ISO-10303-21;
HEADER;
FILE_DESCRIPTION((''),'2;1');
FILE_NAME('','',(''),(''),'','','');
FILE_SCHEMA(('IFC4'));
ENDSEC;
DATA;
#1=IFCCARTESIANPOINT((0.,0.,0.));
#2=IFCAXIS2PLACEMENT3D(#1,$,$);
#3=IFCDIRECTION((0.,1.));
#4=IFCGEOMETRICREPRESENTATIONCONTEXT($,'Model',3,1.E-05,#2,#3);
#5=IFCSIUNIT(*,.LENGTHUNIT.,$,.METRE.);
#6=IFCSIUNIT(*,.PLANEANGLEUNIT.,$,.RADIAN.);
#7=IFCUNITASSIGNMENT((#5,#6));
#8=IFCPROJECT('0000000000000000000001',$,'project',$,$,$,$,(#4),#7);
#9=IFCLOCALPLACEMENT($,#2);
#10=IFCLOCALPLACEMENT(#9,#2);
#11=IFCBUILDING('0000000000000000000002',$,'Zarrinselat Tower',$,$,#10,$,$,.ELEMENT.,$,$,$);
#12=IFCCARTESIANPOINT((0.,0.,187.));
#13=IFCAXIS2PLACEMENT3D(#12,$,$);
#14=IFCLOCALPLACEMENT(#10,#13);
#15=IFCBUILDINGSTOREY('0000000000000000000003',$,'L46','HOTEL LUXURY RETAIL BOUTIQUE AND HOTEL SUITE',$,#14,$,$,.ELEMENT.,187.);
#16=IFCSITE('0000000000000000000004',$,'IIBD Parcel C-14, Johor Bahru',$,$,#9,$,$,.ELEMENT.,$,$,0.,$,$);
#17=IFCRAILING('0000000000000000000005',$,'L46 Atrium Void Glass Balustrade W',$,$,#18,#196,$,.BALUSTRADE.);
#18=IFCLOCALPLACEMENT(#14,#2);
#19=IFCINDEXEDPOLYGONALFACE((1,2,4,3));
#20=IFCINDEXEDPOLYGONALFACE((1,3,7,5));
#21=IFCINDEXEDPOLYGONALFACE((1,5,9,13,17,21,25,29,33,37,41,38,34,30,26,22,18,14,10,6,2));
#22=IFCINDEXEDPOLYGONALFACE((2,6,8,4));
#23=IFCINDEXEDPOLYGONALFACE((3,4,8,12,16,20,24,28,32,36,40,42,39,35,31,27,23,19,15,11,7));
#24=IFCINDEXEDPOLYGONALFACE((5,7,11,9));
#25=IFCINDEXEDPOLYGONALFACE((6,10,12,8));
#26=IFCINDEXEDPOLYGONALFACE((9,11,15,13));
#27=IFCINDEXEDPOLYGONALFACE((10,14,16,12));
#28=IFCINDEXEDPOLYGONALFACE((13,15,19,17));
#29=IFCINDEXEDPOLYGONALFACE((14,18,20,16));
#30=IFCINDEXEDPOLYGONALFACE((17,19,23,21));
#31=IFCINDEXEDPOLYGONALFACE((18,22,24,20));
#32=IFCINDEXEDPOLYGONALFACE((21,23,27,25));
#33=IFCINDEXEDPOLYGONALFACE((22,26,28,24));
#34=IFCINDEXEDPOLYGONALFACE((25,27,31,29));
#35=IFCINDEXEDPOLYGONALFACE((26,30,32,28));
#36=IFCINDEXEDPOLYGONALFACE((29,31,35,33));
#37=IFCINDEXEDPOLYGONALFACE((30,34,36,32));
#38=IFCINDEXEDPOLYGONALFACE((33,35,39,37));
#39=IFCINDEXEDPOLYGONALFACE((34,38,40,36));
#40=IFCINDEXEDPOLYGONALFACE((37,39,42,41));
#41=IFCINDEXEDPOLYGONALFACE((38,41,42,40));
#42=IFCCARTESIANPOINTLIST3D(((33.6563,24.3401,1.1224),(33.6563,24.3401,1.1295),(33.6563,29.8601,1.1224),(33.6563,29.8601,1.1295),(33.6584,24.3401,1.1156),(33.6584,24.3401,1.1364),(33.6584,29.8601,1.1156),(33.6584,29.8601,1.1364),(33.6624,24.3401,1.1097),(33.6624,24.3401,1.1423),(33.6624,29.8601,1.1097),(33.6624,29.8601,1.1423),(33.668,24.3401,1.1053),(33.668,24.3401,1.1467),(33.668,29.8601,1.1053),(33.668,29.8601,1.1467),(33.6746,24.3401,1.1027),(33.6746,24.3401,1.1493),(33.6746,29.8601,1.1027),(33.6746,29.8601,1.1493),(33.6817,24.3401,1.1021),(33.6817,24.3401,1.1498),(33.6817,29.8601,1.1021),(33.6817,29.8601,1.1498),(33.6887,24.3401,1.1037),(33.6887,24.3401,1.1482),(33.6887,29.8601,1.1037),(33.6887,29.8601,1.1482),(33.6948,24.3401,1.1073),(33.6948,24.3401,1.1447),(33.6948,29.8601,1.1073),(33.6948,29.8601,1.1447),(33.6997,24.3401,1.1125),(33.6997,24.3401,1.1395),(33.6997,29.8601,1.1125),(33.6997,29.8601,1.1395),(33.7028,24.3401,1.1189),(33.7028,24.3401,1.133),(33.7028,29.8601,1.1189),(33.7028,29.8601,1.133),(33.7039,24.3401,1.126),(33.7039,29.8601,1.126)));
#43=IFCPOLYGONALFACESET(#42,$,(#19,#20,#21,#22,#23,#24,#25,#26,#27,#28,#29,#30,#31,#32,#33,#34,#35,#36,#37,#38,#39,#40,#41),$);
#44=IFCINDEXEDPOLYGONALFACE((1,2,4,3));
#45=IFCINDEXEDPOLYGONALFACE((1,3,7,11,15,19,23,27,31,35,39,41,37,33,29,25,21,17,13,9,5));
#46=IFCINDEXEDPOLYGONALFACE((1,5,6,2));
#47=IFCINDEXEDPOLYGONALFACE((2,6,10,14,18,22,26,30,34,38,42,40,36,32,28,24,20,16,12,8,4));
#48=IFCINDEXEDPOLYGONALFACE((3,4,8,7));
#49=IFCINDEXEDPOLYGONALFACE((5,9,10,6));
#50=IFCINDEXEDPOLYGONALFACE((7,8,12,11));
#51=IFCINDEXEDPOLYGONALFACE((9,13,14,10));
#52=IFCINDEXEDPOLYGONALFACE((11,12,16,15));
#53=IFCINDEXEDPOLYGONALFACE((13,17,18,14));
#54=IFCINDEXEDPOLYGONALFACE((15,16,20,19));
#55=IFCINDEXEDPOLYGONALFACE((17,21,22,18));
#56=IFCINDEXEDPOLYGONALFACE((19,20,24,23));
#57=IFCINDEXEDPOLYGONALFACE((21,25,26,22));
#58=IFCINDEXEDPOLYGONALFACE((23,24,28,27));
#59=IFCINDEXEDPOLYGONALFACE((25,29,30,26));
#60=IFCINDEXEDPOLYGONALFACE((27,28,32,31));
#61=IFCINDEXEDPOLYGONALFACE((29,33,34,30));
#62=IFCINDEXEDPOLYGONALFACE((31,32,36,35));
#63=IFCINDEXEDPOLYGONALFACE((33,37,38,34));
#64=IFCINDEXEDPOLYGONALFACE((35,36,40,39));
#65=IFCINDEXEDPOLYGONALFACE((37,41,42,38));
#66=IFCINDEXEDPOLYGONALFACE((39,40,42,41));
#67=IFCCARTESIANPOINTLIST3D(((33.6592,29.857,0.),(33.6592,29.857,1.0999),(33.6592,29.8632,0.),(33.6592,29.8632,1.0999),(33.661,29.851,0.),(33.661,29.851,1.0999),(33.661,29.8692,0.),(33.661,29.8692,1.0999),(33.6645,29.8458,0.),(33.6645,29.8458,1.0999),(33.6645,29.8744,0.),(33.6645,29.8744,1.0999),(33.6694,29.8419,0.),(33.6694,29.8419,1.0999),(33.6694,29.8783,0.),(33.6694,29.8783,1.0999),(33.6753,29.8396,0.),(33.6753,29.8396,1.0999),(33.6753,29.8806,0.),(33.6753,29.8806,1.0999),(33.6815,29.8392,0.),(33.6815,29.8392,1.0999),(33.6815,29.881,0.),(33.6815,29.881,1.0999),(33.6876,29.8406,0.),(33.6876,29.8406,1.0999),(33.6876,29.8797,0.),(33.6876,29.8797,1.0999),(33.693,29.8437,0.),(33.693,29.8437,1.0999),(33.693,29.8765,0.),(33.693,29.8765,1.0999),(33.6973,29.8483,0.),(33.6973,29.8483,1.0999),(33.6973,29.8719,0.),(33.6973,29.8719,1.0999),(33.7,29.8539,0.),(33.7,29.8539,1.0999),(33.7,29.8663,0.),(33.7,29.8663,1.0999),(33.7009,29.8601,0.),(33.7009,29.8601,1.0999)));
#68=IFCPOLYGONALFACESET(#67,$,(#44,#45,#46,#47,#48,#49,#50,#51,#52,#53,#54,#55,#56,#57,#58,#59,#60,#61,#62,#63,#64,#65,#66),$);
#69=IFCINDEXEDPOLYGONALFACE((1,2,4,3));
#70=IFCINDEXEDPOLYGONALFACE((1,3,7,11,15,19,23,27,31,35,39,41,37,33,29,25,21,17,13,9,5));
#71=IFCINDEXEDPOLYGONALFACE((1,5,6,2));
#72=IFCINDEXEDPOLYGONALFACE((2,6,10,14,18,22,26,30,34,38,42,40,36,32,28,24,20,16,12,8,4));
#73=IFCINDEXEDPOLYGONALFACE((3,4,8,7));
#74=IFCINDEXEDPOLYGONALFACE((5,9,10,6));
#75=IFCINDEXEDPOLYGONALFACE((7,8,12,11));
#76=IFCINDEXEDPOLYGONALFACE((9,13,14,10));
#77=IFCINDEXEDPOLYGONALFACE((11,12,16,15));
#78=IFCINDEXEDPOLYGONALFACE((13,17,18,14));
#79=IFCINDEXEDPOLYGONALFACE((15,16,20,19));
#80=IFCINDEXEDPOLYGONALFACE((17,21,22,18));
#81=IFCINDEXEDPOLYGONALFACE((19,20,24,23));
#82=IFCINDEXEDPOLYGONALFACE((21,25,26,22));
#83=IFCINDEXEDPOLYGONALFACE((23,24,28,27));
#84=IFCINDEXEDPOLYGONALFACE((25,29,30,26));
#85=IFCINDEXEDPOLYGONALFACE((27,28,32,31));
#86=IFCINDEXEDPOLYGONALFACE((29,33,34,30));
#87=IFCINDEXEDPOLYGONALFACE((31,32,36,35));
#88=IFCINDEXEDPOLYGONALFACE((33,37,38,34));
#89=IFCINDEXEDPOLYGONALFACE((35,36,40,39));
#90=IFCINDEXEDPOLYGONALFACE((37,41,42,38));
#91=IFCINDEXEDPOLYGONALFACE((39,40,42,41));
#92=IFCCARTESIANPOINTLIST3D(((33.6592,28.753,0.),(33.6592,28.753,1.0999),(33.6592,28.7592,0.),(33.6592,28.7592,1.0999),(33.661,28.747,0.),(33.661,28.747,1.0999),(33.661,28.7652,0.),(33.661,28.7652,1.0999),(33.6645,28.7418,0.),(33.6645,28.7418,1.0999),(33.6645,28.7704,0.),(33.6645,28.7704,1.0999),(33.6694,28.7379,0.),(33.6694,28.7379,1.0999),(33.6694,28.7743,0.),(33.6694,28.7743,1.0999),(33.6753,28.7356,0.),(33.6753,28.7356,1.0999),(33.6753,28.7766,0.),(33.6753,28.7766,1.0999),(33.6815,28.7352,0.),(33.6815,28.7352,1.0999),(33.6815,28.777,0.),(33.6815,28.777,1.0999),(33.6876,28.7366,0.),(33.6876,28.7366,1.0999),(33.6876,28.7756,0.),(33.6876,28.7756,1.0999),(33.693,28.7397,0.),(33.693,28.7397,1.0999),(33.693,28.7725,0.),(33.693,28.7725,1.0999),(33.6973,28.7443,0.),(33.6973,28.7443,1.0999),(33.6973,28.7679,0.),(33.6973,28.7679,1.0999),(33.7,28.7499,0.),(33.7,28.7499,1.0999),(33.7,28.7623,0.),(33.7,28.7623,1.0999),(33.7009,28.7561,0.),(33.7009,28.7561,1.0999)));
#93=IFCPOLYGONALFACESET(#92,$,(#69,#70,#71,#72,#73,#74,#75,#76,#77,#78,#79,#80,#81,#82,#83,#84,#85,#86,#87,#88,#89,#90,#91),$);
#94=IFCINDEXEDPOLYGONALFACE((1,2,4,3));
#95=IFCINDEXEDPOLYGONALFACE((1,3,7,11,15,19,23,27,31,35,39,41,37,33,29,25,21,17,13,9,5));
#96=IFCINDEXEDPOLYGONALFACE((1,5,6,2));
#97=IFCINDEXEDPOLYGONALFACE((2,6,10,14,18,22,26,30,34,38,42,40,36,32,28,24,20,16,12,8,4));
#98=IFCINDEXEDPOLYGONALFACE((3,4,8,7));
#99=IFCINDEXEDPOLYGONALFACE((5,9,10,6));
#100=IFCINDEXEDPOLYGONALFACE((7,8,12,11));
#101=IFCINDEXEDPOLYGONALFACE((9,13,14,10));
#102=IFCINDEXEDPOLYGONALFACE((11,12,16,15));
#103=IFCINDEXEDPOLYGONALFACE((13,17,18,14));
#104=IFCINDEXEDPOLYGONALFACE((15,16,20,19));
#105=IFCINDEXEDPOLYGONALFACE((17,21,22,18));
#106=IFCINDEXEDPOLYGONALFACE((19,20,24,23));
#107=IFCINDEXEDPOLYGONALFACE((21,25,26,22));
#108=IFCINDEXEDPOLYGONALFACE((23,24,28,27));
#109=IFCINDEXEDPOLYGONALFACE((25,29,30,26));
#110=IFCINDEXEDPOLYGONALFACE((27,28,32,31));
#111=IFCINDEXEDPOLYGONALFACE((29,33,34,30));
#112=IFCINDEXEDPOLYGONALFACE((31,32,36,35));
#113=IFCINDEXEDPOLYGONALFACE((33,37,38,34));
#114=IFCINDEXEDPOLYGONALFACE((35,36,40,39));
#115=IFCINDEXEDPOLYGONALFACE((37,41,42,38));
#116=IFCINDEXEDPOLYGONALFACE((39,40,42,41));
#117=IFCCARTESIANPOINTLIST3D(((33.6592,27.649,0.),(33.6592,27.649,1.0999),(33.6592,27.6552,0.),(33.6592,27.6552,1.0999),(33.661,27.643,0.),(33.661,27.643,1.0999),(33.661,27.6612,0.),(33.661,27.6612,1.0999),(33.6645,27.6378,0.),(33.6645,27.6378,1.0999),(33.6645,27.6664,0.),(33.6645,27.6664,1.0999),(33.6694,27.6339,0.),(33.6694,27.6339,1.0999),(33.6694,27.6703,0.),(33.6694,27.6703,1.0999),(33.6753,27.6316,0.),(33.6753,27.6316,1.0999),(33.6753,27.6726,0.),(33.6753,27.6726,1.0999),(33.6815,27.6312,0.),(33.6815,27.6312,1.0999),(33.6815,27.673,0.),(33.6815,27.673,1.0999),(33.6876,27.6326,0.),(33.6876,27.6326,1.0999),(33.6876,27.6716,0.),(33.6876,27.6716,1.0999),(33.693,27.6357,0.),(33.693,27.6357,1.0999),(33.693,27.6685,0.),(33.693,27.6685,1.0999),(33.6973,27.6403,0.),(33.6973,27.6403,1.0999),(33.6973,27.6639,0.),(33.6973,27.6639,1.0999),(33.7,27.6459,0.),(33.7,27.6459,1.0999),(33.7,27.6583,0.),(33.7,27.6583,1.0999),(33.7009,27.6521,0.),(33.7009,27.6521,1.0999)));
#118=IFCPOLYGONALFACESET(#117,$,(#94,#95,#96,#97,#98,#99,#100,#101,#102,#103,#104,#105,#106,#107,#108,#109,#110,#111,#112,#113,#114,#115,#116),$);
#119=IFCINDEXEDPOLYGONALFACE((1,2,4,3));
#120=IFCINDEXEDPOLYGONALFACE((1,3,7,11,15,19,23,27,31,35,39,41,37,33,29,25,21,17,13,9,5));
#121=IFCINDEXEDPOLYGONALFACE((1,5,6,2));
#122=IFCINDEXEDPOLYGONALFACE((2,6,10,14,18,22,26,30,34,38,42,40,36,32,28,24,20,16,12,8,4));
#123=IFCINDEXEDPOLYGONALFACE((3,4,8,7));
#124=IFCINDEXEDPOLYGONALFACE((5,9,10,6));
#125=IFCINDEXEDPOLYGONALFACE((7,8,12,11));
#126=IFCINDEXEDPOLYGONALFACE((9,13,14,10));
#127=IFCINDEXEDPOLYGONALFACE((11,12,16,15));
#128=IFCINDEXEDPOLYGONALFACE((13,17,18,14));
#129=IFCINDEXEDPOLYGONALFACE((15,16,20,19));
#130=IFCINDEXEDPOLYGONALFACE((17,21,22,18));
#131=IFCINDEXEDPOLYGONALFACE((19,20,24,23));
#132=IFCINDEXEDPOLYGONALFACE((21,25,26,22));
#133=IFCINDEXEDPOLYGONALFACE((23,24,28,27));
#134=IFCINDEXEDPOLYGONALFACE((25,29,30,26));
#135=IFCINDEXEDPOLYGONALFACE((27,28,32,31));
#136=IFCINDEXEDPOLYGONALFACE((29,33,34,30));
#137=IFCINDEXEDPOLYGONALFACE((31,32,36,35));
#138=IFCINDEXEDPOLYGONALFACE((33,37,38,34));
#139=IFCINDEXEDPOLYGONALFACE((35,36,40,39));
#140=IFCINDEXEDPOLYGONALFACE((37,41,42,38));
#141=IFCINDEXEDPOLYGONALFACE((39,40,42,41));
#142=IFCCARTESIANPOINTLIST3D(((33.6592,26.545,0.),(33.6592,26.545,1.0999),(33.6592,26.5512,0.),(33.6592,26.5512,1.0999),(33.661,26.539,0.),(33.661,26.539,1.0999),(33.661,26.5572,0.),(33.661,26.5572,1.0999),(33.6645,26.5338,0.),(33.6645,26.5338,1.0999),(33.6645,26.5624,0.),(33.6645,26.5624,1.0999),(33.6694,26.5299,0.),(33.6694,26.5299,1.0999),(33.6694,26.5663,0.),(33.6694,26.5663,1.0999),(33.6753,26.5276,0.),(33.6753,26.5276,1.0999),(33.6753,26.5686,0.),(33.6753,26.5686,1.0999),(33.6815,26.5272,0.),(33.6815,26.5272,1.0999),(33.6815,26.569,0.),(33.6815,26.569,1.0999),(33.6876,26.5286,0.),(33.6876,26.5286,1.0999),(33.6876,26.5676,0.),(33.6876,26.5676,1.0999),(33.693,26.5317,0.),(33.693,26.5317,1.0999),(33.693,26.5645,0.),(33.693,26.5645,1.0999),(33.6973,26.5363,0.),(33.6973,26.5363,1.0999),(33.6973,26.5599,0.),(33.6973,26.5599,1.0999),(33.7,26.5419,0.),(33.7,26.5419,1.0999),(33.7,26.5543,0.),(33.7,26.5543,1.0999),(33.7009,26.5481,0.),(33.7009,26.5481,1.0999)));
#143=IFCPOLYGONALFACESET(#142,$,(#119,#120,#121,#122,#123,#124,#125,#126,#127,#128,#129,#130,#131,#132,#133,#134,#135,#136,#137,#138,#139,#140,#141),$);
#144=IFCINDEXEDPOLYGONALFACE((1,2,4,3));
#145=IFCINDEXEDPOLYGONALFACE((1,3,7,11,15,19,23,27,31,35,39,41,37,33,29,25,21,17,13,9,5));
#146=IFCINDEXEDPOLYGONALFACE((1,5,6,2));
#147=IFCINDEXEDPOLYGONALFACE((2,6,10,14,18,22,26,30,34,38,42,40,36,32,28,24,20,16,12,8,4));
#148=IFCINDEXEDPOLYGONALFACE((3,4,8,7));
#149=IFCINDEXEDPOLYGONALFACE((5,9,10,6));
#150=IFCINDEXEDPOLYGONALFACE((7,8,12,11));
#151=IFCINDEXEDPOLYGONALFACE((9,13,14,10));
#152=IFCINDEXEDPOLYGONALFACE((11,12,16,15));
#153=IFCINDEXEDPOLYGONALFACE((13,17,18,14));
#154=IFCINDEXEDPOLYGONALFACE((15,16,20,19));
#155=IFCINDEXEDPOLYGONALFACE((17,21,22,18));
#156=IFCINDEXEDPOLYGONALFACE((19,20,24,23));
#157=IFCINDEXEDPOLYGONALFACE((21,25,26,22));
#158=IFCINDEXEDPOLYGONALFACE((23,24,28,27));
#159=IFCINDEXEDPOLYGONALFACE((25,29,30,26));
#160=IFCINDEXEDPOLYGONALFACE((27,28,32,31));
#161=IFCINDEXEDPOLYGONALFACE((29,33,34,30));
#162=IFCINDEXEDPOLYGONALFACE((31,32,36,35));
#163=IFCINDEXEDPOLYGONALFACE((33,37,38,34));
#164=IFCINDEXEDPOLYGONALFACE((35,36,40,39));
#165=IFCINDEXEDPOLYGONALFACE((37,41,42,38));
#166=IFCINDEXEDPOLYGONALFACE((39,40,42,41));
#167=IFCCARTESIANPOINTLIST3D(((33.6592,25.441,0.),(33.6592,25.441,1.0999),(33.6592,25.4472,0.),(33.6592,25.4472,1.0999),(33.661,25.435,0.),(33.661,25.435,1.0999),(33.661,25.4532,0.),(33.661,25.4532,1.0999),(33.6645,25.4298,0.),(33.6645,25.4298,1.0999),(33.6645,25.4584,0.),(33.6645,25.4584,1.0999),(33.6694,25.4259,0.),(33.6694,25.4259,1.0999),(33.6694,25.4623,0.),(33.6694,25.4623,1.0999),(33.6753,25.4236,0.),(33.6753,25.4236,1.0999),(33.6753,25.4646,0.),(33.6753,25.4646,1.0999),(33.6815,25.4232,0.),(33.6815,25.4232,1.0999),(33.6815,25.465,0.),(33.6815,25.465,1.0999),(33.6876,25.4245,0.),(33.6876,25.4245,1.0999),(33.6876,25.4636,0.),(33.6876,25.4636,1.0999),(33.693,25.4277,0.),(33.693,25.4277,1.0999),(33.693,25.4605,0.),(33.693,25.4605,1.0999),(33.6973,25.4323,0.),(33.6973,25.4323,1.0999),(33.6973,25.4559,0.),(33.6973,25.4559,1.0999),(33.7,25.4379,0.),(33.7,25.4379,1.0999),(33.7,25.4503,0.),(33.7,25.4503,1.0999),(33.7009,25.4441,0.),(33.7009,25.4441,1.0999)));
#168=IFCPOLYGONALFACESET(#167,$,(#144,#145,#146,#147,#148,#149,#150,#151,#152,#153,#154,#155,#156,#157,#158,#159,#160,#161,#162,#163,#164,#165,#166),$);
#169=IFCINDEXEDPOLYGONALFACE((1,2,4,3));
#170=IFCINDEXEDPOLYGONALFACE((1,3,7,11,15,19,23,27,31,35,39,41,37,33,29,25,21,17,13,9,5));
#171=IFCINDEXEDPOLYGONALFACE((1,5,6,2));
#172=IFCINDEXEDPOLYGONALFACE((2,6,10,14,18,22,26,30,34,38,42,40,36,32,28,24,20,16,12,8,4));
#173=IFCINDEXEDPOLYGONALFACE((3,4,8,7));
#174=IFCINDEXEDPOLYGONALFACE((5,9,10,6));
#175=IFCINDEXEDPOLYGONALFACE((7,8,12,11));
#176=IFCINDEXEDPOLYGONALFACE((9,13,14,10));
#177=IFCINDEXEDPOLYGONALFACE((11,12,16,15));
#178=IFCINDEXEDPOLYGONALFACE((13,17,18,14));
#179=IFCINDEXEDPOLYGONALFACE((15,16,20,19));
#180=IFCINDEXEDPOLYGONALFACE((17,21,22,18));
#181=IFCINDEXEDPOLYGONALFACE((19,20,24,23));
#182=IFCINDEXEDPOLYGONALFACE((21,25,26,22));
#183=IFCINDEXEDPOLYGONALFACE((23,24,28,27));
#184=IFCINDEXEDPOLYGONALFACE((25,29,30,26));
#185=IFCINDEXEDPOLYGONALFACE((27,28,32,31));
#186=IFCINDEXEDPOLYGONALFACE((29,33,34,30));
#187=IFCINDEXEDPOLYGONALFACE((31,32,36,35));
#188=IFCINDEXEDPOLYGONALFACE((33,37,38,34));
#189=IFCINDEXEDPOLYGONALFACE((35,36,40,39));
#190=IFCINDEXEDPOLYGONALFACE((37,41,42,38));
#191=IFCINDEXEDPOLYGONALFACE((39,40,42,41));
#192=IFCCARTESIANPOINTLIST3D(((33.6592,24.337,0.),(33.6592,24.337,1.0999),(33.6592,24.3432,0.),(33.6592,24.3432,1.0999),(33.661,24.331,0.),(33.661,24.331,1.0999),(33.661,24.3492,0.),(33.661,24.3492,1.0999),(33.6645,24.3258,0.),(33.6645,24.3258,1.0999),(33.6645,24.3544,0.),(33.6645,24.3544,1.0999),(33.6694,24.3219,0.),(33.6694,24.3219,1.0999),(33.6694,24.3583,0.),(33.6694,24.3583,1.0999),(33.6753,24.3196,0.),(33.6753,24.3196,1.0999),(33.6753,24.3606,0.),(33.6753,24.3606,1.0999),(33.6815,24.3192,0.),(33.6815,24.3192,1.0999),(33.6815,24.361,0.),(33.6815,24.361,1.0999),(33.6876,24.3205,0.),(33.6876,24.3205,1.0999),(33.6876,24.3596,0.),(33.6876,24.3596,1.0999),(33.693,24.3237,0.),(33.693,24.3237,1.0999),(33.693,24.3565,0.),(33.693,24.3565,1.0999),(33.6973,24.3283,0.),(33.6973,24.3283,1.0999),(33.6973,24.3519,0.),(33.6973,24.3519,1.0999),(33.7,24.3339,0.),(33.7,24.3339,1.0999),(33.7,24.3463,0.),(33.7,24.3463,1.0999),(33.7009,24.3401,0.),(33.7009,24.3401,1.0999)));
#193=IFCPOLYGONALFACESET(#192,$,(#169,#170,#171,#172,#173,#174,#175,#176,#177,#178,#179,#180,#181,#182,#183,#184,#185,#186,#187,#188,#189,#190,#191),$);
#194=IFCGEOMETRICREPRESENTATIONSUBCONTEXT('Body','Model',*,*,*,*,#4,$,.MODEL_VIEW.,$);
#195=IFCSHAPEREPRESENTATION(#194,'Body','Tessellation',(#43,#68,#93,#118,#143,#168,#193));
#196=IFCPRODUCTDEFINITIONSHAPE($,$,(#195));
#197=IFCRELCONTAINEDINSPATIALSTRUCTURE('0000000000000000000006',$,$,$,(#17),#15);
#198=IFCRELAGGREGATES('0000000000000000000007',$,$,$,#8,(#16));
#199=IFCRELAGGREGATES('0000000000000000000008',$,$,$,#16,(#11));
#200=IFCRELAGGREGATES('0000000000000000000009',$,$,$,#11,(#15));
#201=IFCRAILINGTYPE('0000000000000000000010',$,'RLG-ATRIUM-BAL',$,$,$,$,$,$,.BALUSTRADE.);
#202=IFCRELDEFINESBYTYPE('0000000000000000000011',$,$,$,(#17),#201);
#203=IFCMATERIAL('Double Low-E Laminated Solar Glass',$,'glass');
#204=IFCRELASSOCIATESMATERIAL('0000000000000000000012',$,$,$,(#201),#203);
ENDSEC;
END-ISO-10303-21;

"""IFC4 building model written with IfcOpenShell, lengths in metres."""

from ifc_helpers import new_model, si_unit, direction, frame, origin, origin_2d, place, context, subcontext, project, spatial, circle, extrude, material, type_object, element, save


model = new_model("IFC4")

# Units and contexts
model_context = context("Model", 3, precision=1e-05, world=origin(), true_north=direction((0.0, 1.0)))
body_context = subcontext(model_context, "Body", "Model", "MODEL_VIEW")
ifc_project = project(units=[si_unit("LENGTHUNIT", "METRE"), si_unit("PLANEANGLEUNIT", "RADIAN")], contexts=[model_context])

# Site, building, storey
site_placement = place(None, origin())
site = spatial("IfcSite", under=ifc_project, at=site_placement, Name="IIBD Parcel C-14, Johor Bahru", CompositionType="ELEMENT", RefElevation=0.0)
building_placement = place(site_placement, origin())
building = spatial("IfcBuilding", under=site, at=building_placement, Name="Zarrinselat Tower", CompositionType="ELEMENT")
storey_placement = place(building_placement, frame((0.0, 0.0, 187.0)))
storey = spatial("IfcBuildingStorey", under=building, at=storey_placement, Name="L46", Description="HOTEL LUXURY RETAIL BOUTIQUE AND HOTEL SUITE", CompositionType="ELEMENT", Elevation=187.0)

# Railing
ifc_material_1 = material(Name="Double Low-E Laminated Solar Glass", Category="glass")
railing_type = type_object("IfcRailingType", Name="RLG-ATRIUM-BAL", PredefinedType="BALUSTRADE", material=ifc_material_1)
railing_placement = place(storey_placement, frame((33.6799, 29.8601, 0.0)))
element("IfcRailing", 1, at=railing_placement, inside=storey, type_object=railing_type, Name="L46 Atrium Void Glass Balustrade W", PredefinedType="BALUSTRADE", context=body_context, shape_type="SweptSolid", body=[
    extrude(circle(Radius=0.0239, at=origin_2d()), frame((0.0, 0.0, 1.126), z_axis=(0.0, -1.0, 0.0), x_axis=(1.0, 0.0, 0.0)), (0.0, 0.0, 1.0), 5.52),
    extrude(circle(Radius=0.021, at=origin_2d()), origin(), (0.0, 0.0, 1.0), 1.0999),
    extrude(circle(Radius=0.021, at=origin_2d()), frame((0.0, -1.104, 0.0)), (0.0, 0.0, 1.0), 1.0999),
    extrude(circle(Radius=0.021, at=origin_2d()), frame((0.0, -2.208, 0.0)), (0.0, 0.0, 1.0), 1.0999),
    extrude(circle(Radius=0.021, at=origin_2d()), frame((0.0, -3.312, 0.0)), (0.0, 0.0, 1.0), 1.0999),
    extrude(circle(Radius=0.021, at=origin_2d()), frame((0.0, -4.416, 0.0)), (0.0, 0.0, 1.0), 1.0999),
    extrude(circle(Radius=0.021, at=origin_2d()), frame((0.0, -5.52, 0.0)), (0.0, 0.0, 1.0), 1.0999),
])

save(model, "model.ifc")
